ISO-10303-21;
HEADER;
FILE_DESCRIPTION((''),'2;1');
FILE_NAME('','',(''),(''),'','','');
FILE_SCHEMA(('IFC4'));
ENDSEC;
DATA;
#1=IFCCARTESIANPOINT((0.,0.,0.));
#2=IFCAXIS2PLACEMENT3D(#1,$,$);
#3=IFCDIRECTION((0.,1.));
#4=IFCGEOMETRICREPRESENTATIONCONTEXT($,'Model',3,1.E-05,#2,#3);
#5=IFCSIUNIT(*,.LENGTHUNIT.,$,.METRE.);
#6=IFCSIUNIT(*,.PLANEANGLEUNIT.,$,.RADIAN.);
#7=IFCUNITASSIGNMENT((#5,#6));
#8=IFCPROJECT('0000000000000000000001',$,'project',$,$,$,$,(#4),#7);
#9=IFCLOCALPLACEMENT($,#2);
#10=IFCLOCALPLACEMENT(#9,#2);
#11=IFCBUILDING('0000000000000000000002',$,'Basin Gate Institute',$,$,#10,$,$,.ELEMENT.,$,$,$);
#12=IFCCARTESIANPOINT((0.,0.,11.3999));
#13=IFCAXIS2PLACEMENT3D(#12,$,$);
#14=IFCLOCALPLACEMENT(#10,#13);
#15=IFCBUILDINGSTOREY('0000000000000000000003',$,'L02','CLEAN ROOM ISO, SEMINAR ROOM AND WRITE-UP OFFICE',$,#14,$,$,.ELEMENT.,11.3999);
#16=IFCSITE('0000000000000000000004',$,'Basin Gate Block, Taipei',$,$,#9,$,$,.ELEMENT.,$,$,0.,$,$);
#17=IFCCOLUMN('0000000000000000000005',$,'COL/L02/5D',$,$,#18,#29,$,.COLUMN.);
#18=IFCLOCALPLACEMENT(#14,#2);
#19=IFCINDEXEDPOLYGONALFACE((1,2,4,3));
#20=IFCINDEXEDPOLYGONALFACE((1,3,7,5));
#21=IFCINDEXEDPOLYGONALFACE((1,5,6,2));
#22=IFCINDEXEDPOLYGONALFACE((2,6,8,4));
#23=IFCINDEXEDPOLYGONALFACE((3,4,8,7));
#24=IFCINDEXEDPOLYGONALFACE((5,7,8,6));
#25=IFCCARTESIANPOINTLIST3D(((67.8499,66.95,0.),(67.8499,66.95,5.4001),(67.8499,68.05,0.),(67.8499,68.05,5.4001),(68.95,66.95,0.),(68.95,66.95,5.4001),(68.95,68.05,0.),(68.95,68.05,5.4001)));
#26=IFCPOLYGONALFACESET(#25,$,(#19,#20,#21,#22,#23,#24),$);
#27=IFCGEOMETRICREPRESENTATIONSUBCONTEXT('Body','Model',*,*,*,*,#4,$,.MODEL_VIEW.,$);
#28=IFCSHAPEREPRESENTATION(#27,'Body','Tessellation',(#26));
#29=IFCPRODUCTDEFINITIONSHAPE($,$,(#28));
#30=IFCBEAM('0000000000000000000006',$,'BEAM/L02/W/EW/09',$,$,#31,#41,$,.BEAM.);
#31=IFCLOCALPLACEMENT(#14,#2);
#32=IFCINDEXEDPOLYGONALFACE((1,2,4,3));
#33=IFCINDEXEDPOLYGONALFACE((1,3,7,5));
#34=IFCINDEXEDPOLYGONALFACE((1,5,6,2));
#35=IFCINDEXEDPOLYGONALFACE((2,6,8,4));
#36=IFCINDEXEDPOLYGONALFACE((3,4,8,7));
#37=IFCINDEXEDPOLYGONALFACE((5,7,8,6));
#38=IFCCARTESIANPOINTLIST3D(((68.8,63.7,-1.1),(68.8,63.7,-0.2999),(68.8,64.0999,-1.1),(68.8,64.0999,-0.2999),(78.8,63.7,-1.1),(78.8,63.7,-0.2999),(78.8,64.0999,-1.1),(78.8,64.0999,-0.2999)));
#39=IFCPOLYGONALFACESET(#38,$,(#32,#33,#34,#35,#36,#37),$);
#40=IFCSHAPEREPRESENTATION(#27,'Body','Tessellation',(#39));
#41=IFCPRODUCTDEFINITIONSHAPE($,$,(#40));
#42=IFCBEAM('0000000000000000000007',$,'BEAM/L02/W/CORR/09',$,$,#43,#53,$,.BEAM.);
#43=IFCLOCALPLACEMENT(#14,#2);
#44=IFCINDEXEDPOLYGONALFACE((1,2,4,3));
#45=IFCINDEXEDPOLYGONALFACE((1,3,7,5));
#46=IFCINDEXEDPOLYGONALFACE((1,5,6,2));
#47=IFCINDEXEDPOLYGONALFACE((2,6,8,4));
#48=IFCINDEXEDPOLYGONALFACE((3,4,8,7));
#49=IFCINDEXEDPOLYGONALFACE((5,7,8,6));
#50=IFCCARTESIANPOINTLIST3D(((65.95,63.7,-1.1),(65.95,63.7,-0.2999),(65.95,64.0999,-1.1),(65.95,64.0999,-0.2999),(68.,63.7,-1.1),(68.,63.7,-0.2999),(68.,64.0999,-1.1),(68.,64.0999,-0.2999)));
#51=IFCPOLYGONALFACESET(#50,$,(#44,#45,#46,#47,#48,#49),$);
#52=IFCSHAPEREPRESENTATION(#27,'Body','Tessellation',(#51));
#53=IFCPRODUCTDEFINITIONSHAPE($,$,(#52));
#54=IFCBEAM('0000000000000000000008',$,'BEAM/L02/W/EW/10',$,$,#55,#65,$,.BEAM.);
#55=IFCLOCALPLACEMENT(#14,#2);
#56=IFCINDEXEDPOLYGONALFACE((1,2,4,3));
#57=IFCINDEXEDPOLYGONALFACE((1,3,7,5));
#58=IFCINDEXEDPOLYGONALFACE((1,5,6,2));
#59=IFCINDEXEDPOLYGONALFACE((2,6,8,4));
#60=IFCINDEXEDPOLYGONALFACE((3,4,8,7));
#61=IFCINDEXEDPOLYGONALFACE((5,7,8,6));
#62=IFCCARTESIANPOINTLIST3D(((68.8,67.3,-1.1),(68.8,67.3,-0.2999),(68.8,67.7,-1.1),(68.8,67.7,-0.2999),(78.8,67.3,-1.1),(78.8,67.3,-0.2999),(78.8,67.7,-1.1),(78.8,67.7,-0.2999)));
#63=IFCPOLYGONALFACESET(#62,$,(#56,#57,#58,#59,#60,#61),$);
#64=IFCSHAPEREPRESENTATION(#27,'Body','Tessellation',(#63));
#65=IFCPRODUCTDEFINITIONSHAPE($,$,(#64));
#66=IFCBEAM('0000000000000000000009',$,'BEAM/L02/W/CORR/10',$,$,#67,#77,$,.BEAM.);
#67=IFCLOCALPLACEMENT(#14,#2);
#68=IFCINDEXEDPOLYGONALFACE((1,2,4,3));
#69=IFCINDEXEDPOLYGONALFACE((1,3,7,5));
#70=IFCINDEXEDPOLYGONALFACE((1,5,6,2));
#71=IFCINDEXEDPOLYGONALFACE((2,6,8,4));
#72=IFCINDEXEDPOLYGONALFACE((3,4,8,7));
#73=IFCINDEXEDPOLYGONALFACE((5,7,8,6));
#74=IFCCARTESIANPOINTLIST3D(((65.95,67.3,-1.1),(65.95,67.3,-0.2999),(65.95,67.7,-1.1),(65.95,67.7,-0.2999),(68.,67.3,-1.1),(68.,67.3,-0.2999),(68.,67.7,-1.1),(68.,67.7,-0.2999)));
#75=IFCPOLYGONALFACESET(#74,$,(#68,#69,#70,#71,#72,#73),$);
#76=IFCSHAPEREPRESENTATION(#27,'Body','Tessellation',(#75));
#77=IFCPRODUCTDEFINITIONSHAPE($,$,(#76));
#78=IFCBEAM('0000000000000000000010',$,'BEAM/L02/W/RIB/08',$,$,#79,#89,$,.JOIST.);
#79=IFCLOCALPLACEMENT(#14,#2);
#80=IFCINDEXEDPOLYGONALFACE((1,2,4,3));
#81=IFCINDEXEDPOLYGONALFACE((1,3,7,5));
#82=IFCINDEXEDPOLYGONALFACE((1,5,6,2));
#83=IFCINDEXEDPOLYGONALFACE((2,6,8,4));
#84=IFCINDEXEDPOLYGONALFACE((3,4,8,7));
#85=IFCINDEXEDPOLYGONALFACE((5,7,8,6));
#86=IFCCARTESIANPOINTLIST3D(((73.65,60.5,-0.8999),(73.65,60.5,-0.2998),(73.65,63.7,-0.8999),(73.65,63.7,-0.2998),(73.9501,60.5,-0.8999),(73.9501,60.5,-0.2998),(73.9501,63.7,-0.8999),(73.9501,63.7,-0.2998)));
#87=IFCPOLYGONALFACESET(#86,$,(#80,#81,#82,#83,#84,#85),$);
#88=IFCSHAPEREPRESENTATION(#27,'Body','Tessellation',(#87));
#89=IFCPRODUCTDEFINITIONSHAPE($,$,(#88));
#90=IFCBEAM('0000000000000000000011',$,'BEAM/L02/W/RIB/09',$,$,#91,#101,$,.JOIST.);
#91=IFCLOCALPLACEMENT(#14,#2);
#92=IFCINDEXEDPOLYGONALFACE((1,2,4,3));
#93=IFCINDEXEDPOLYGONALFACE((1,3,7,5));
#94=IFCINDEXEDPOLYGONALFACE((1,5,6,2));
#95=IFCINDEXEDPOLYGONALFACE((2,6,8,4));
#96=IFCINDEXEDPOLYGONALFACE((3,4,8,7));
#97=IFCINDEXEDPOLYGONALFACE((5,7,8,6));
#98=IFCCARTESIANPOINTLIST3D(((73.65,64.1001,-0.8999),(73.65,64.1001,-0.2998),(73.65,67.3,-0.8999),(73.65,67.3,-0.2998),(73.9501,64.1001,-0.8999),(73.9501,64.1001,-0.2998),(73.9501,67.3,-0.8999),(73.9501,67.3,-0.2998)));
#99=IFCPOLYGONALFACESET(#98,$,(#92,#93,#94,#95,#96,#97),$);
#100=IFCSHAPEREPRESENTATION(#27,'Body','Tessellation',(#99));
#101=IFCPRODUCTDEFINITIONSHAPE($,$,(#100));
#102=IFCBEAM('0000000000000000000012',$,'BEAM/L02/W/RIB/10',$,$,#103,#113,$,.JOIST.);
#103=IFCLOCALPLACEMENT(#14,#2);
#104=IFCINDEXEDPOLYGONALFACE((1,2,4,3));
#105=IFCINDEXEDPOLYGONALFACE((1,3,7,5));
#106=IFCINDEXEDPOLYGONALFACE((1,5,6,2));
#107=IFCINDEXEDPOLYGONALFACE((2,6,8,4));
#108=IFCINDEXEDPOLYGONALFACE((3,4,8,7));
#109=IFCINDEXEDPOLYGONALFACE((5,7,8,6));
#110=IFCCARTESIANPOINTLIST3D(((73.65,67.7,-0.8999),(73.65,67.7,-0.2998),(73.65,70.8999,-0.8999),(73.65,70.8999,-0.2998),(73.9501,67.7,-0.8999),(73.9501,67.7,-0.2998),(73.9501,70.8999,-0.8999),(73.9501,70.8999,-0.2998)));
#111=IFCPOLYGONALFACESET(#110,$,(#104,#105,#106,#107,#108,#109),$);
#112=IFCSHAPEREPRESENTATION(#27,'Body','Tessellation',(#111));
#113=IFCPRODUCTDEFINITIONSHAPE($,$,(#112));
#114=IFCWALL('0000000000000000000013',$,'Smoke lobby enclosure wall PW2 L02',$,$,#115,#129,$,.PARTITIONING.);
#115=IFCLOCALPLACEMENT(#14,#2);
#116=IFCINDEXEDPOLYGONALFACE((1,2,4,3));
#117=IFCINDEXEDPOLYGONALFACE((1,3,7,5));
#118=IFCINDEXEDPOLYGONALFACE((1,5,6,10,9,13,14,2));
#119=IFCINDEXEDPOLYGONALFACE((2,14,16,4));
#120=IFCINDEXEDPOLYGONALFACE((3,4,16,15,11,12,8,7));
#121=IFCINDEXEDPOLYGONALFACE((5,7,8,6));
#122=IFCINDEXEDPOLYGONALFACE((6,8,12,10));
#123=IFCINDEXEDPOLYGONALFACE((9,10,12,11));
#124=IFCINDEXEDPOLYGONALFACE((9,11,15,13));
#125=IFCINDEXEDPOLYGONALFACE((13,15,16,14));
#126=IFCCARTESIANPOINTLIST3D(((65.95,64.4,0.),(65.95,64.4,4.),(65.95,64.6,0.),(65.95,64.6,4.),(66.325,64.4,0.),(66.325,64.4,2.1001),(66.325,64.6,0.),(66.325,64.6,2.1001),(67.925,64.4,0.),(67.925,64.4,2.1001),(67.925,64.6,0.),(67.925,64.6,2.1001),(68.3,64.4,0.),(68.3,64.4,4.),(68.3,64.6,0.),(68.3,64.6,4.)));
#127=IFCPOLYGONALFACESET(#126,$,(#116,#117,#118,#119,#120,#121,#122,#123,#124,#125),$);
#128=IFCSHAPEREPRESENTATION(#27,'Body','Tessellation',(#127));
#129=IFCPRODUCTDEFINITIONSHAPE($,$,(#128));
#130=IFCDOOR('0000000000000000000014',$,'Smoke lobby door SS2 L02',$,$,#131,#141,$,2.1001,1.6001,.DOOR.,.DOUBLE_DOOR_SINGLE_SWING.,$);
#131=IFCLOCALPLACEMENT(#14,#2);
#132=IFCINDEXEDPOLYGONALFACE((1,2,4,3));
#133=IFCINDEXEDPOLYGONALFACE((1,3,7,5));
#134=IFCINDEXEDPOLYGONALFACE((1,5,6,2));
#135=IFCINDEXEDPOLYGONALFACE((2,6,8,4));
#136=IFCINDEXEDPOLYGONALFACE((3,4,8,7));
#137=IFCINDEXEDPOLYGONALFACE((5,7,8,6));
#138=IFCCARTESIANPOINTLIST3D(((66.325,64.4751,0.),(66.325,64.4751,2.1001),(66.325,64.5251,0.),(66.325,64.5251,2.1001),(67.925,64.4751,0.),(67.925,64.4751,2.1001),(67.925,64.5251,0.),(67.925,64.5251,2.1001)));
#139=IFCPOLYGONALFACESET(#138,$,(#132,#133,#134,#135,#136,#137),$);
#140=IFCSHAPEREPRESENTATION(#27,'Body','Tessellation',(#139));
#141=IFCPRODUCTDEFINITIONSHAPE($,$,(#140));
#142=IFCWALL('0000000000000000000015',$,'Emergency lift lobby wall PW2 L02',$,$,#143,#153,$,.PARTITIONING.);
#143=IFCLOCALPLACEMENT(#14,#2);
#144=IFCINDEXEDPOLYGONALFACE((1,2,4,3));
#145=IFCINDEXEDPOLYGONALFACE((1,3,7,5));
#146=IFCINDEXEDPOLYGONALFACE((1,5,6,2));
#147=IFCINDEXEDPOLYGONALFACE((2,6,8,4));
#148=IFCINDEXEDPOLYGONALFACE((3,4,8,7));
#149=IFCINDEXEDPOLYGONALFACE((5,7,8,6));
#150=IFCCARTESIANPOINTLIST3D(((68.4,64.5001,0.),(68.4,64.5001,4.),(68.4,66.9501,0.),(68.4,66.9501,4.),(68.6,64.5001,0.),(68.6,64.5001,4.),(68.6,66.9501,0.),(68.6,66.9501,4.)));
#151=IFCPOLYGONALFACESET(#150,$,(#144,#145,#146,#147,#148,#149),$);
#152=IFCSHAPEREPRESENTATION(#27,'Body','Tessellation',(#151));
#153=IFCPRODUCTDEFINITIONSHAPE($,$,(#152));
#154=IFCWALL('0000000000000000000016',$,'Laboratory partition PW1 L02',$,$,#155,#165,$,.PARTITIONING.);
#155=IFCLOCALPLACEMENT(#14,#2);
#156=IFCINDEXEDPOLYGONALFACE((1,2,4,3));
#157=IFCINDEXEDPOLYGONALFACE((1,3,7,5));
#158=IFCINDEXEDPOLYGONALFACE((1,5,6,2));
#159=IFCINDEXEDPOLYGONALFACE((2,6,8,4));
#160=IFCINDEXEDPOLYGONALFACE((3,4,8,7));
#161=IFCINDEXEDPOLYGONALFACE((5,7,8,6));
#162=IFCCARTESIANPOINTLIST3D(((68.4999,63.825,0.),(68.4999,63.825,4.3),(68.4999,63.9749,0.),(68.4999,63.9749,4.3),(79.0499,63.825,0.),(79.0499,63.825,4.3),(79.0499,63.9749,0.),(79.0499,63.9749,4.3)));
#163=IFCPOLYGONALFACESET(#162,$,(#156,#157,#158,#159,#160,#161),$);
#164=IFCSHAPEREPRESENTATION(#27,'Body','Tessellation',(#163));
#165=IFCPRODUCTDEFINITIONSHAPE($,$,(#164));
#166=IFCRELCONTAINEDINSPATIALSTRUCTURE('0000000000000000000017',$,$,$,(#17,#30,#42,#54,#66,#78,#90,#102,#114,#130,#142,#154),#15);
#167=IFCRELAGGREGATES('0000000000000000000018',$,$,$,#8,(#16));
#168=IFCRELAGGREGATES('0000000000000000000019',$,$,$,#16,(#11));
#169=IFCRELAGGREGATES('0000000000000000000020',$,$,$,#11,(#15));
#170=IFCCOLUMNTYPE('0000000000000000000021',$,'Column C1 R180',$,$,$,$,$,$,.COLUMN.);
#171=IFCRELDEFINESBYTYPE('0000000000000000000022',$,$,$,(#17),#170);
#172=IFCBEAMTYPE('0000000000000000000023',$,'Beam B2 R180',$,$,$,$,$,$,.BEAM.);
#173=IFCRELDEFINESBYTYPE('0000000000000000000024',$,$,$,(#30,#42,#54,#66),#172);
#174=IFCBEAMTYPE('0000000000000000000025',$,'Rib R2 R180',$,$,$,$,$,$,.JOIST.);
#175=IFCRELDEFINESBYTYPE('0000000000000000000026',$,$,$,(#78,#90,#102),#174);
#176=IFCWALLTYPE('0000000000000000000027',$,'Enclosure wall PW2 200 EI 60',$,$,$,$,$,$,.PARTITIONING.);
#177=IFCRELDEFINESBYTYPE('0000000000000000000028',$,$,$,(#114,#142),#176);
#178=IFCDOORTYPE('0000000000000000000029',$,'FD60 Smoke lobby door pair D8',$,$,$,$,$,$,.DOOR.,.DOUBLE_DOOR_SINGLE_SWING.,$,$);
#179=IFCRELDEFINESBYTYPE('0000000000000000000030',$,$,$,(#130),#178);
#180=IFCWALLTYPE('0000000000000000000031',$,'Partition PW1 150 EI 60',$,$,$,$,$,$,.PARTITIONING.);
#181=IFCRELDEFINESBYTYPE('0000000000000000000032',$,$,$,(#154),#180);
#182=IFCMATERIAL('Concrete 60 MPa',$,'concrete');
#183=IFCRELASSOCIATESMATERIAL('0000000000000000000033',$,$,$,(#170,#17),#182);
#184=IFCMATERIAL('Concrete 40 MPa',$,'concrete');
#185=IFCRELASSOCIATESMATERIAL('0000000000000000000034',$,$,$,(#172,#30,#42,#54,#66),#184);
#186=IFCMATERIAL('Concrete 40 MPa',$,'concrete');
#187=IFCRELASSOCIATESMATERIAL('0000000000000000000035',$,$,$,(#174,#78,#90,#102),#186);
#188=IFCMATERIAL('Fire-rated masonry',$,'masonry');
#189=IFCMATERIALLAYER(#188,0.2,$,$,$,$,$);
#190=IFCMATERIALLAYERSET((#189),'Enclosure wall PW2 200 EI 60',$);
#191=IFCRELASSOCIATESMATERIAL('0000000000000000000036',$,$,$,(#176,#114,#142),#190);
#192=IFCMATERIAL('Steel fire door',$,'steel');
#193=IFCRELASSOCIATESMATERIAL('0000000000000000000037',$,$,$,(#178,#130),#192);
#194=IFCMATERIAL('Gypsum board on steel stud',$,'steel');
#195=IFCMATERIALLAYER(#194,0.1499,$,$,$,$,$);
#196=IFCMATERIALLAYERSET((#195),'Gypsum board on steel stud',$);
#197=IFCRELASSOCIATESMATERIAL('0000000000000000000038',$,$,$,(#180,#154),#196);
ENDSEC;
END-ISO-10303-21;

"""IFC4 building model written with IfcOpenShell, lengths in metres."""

from ifc_helpers import new_model, si_unit, direction, frame, frame_2d, origin, origin_2d, place, context, subcontext, project, spatial, rectangle, extrude, material, layer, layer_set, material_profile, profile_set, type_object, element, fill, save


model = new_model("IFC4")

# Units and contexts
model_context = context("Model", 3, precision=1e-05, world=origin(), true_north=direction((0.0, 1.0)))
body_context = subcontext(model_context, "Body", "Model", "MODEL_VIEW")
ifc_project = project(units=[si_unit("LENGTHUNIT", "METRE"), si_unit("PLANEANGLEUNIT", "RADIAN")], contexts=[model_context])

# Site, building, storey
site_placement = place(None, origin())
site = spatial("IfcSite", under=ifc_project, at=site_placement, Name="Basin Gate Block, Taipei", CompositionType="ELEMENT", RefElevation=0.0)
building_placement = place(site_placement, origin())
building = spatial("IfcBuilding", under=site, at=building_placement, Name="Basin Gate Institute", CompositionType="ELEMENT")
storey_placement = place(building_placement, frame((0.0, 0.0, 11.3999)))
storey = spatial("IfcBuildingStorey", under=building, at=storey_placement, Name="L02", Description="CLEAN ROOM ISO, SEMINAR ROOM AND WRITE-UP OFFICE", CompositionType="ELEMENT", Elevation=11.3999)

# Column
ifc_material_1 = material(Name="Concrete 60 MPa", Category="concrete")
ifc_material_profile_1 = material_profile(ifc_material_1, rectangle(XDim=1.1001, YDim=1.1001, at=origin_2d()), Name="Column C1 1100 x 1100")
ifc_profile_set_1 = profile_set([ifc_material_profile_1], Name="Concrete 60 MPa")
column_type = type_object("IfcColumnType", Name="Column C1 R180", PredefinedType="COLUMN", material=ifc_profile_set_1)
column_placement = place(storey_placement, frame((68.3999, 67.5, 0.0), z_axis=(0.0, 0.0, 1.0), x_axis=(1.0, 0.0, 0.0)))
element("IfcColumn", 1, at=column_placement, inside=storey, type_object=column_type, material=ifc_profile_set_1, Name="COL/L02/5D", PredefinedType="COLUMN", context=body_context, shape_type="SweptSolid", body=[
    extrude(rectangle(XDim=1.1001, YDim=1.1001, at=origin_2d()), origin(), (0.0, 0.0, 1.0), 5.4001),
])

# Beams
ifc_material_2 = material(Name="Concrete 40 MPa", Category="concrete")
ifc_material_profile_2 = material_profile(ifc_material_2, rectangle(XDim=0.3999, YDim=0.8, at=origin_2d()), Name="Beam B2 400 x 800")
ifc_profile_set_2 = profile_set([ifc_material_profile_2], Name="Concrete 40 MPa")
beam_type_1 = type_object("IfcBeamType", Name="Beam B2 R180", PredefinedType="BEAM", material=ifc_profile_set_2)
beam_1_placement = place(storey_placement, frame((68.8, 63.8999, -0.7), z_axis=(1.0, 0.0, 0.0), x_axis=(0.0, 1.0, 0.0)))
element("IfcBeam", 2, at=beam_1_placement, inside=storey, type_object=beam_type_1, material=ifc_profile_set_2, Name="BEAM/L02/W/EW/09", PredefinedType="BEAM", context=body_context, shape_type="SweptSolid", body=[
    extrude(rectangle(XDim=0.3999, YDim=0.8, at=origin_2d()), origin(), (0.0, 0.0, 1.0), 10.0),
])
beam_2_placement = place(storey_placement, frame((65.95, 63.8999, -0.7), z_axis=(1.0, 0.0, 0.0), x_axis=(0.0, 1.0, 0.0)))
element("IfcBeam", 3, at=beam_2_placement, inside=storey, type_object=beam_type_1, material=ifc_profile_set_2, Name="BEAM/L02/W/CORR/09", PredefinedType="BEAM", context=body_context, shape_type="SweptSolid", body=[
    extrude(rectangle(XDim=0.3999, YDim=0.8, at=origin_2d()), origin(), (0.0, 0.0, 1.0), 2.05),
])
beam_3_placement = place(storey_placement, frame((68.8, 67.5, -0.7), z_axis=(1.0, 0.0, 0.0), x_axis=(0.0, 1.0, 0.0)))
element("IfcBeam", 4, at=beam_3_placement, inside=storey, type_object=beam_type_1, material=ifc_profile_set_2, Name="BEAM/L02/W/EW/10", PredefinedType="BEAM", context=body_context, shape_type="SweptSolid", body=[
    extrude(rectangle(XDim=0.3999, YDim=0.8, at=origin_2d()), origin(), (0.0, 0.0, 1.0), 10.0),
])
beam_4_placement = place(storey_placement, frame((65.95, 67.5, -0.7), z_axis=(1.0, 0.0, 0.0), x_axis=(0.0, 1.0, 0.0)))
element("IfcBeam", 5, at=beam_4_placement, inside=storey, type_object=beam_type_1, material=ifc_profile_set_2, Name="BEAM/L02/W/CORR/10", PredefinedType="BEAM", context=body_context, shape_type="SweptSolid", body=[
    extrude(rectangle(XDim=0.3999, YDim=0.8, at=origin_2d()), origin(), (0.0, 0.0, 1.0), 2.05),
])
ifc_material_3 = material(Name="Concrete 40 MPa", Category="concrete")
ifc_material_profile_3 = material_profile(ifc_material_3, rectangle(XDim=0.3, YDim=0.6001, at=origin_2d()), Name="Rib R2 300 x 600")
ifc_profile_set_3 = profile_set([ifc_material_profile_3], Name="Concrete 40 MPa")
beam_type_2 = type_object("IfcBeamType", Name="Rib R2 R180", PredefinedType="JOIST", material=ifc_profile_set_3)
for number, where, z_axis, x_axis, name in (
    (6, (73.8, 60.5, -0.5999), (0.0, 1.0, 0.0), (-1.0, 0.0, 0.0), "BEAM/L02/W/RIB/08"),
    (7, (73.8, 64.1001, -0.5999), (0.0, 1.0, 0.0), (-1.0, 0.0, 0.0), "BEAM/L02/W/RIB/09"),
    (8, (73.8, 67.7, -0.5999), (0.0, 1.0, 0.0), (-1.0, 0.0, 0.0), "BEAM/L02/W/RIB/10"),
):
    element("IfcBeam", number, at=place(storey_placement, frame(where, z_axis=z_axis, x_axis=x_axis)), inside=storey, type_object=beam_type_2, material=ifc_profile_set_3, Name=name, PredefinedType="JOIST", context=body_context, shape_type="SweptSolid", body=[
        extrude(rectangle(XDim=0.3, YDim=0.6001, at=origin_2d()), origin(), (0.0, 0.0, 1.0), 3.2),
    ])

# Wall, opening, door
ifc_material_4 = material(Name="Fire-rated masonry", Category="masonry")
ifc_layer_1 = layer(ifc_material_4, 0.2)
ifc_layer_set_1 = layer_set([ifc_layer_1], Name="Enclosure wall PW2 200 EI 60")
wall_type_1 = type_object("IfcWallType", Name="Enclosure wall PW2 200 EI 60", PredefinedType="PARTITIONING", material=ifc_layer_set_1)
wall_1_placement = place(storey_placement, frame((65.95, 64.5, 0.0), z_axis=(0.0, 0.0, 1.0), x_axis=(1.0, 0.0, 0.0)))
wall_1 = element("IfcWall", 9, at=wall_1_placement, inside=storey, type_object=wall_type_1, material=ifc_layer_set_1, Name="Smoke lobby enclosure wall PW2 L02", PredefinedType="PARTITIONING", context=body_context, shape_type="SweptSolid", body=[
    extrude(rectangle(XDim=2.3501, YDim=0.2, at=frame_2d((1.175, 0.0))), origin(), (0.0, 0.0, 1.0), 4.0),
])
opening_placement = place(wall_1_placement, frame((0.375, 0.0, 0.0)))
opening = element("IfcOpeningElement", 10, at=opening_placement, cuts=wall_1, PredefinedType="OPENING", context=body_context, shape_type="SweptSolid", body=[
    extrude(rectangle(XDim=1.6001, YDim=2.1001, at=frame_2d((0.8, 1.05))), frame((0.0, 0.1099, 0.0), z_axis=(0.0, -1.0, 0.0), x_axis=(1.0, 0.0, 0.0)), (0.0, 0.0, 1.0), 0.22),
])
ifc_material_5 = material(Name="Steel fire door", Category="steel")
door_type = type_object("IfcDoorType", Name="FD60 Smoke lobby door pair D8", OperationType="DOUBLE_DOOR_SINGLE_SWING", PredefinedType="DOOR", material=ifc_material_5)
door_placement = place(opening_placement, frame((1.6001, 0.0, 0.0), z_axis=(0.0, 0.0, 1.0), x_axis=(-1.0, 0.0, 0.0)))
door = element("IfcDoor", 11, at=door_placement, inside=storey, type_object=door_type, material=ifc_material_5, Name="Smoke lobby door SS2 L02", OperationType="DOUBLE_DOOR_SINGLE_SWING", OverallHeight=2.1001, OverallWidth=1.6001, PredefinedType="DOOR", context=body_context, shape_type="SweptSolid", body=[
    extrude(rectangle(XDim=1.6001, YDim=2.1001, at=frame_2d((0.8, 1.05))), frame((0.0, 0.0249, 0.0), z_axis=(0.0, -1.0, 0.0), x_axis=(1.0, 0.0, 0.0)), (0.0, 0.0, 1.0), 0.05),
])
fill(opening, door)

# Walls
wall_2_placement = place(storey_placement, frame((68.5, 64.5, 0.0), z_axis=(0.0, 0.0, 1.0), x_axis=(0.0, 1.0, 0.0)))
element("IfcWall", 12, at=wall_2_placement, inside=storey, type_object=wall_type_1, material=ifc_layer_set_1, Name="Emergency lift lobby wall PW2 L02", PredefinedType="PARTITIONING", context=body_context, shape_type="SweptSolid", body=[
    extrude(rectangle(XDim=2.45, YDim=0.2, at=frame_2d((1.2251, 0.0))), origin(), (0.0, 0.0, 1.0), 4.0),
])
ifc_material_6 = material(Name="Gypsum board on steel stud", Category="steel")
ifc_layer_2 = layer(ifc_material_6, 0.1499)
ifc_layer_set_2 = layer_set([ifc_layer_2], Name="Gypsum board on steel stud")
wall_type_2 = type_object("IfcWallType", Name="Partition PW1 150 EI 60", PredefinedType="PARTITIONING", material=ifc_layer_set_2)
wall_3_placement = place(storey_placement, frame((68.5, 63.8999, 0.0), z_axis=(0.0, 0.0, 1.0), x_axis=(1.0, 0.0, 0.0)))
element("IfcWall", 13, at=wall_3_placement, inside=storey, type_object=wall_type_2, material=ifc_layer_set_2, Name="Laboratory partition PW1 L02", PredefinedType="PARTITIONING", context=body_context, shape_type="SweptSolid", body=[
    extrude(rectangle(XDim=10.55, YDim=0.1499, at=frame_2d((5.2749, 0.0))), origin(), (0.0, 0.0, 1.0), 4.3),
])

save(model, "model.ifc")
